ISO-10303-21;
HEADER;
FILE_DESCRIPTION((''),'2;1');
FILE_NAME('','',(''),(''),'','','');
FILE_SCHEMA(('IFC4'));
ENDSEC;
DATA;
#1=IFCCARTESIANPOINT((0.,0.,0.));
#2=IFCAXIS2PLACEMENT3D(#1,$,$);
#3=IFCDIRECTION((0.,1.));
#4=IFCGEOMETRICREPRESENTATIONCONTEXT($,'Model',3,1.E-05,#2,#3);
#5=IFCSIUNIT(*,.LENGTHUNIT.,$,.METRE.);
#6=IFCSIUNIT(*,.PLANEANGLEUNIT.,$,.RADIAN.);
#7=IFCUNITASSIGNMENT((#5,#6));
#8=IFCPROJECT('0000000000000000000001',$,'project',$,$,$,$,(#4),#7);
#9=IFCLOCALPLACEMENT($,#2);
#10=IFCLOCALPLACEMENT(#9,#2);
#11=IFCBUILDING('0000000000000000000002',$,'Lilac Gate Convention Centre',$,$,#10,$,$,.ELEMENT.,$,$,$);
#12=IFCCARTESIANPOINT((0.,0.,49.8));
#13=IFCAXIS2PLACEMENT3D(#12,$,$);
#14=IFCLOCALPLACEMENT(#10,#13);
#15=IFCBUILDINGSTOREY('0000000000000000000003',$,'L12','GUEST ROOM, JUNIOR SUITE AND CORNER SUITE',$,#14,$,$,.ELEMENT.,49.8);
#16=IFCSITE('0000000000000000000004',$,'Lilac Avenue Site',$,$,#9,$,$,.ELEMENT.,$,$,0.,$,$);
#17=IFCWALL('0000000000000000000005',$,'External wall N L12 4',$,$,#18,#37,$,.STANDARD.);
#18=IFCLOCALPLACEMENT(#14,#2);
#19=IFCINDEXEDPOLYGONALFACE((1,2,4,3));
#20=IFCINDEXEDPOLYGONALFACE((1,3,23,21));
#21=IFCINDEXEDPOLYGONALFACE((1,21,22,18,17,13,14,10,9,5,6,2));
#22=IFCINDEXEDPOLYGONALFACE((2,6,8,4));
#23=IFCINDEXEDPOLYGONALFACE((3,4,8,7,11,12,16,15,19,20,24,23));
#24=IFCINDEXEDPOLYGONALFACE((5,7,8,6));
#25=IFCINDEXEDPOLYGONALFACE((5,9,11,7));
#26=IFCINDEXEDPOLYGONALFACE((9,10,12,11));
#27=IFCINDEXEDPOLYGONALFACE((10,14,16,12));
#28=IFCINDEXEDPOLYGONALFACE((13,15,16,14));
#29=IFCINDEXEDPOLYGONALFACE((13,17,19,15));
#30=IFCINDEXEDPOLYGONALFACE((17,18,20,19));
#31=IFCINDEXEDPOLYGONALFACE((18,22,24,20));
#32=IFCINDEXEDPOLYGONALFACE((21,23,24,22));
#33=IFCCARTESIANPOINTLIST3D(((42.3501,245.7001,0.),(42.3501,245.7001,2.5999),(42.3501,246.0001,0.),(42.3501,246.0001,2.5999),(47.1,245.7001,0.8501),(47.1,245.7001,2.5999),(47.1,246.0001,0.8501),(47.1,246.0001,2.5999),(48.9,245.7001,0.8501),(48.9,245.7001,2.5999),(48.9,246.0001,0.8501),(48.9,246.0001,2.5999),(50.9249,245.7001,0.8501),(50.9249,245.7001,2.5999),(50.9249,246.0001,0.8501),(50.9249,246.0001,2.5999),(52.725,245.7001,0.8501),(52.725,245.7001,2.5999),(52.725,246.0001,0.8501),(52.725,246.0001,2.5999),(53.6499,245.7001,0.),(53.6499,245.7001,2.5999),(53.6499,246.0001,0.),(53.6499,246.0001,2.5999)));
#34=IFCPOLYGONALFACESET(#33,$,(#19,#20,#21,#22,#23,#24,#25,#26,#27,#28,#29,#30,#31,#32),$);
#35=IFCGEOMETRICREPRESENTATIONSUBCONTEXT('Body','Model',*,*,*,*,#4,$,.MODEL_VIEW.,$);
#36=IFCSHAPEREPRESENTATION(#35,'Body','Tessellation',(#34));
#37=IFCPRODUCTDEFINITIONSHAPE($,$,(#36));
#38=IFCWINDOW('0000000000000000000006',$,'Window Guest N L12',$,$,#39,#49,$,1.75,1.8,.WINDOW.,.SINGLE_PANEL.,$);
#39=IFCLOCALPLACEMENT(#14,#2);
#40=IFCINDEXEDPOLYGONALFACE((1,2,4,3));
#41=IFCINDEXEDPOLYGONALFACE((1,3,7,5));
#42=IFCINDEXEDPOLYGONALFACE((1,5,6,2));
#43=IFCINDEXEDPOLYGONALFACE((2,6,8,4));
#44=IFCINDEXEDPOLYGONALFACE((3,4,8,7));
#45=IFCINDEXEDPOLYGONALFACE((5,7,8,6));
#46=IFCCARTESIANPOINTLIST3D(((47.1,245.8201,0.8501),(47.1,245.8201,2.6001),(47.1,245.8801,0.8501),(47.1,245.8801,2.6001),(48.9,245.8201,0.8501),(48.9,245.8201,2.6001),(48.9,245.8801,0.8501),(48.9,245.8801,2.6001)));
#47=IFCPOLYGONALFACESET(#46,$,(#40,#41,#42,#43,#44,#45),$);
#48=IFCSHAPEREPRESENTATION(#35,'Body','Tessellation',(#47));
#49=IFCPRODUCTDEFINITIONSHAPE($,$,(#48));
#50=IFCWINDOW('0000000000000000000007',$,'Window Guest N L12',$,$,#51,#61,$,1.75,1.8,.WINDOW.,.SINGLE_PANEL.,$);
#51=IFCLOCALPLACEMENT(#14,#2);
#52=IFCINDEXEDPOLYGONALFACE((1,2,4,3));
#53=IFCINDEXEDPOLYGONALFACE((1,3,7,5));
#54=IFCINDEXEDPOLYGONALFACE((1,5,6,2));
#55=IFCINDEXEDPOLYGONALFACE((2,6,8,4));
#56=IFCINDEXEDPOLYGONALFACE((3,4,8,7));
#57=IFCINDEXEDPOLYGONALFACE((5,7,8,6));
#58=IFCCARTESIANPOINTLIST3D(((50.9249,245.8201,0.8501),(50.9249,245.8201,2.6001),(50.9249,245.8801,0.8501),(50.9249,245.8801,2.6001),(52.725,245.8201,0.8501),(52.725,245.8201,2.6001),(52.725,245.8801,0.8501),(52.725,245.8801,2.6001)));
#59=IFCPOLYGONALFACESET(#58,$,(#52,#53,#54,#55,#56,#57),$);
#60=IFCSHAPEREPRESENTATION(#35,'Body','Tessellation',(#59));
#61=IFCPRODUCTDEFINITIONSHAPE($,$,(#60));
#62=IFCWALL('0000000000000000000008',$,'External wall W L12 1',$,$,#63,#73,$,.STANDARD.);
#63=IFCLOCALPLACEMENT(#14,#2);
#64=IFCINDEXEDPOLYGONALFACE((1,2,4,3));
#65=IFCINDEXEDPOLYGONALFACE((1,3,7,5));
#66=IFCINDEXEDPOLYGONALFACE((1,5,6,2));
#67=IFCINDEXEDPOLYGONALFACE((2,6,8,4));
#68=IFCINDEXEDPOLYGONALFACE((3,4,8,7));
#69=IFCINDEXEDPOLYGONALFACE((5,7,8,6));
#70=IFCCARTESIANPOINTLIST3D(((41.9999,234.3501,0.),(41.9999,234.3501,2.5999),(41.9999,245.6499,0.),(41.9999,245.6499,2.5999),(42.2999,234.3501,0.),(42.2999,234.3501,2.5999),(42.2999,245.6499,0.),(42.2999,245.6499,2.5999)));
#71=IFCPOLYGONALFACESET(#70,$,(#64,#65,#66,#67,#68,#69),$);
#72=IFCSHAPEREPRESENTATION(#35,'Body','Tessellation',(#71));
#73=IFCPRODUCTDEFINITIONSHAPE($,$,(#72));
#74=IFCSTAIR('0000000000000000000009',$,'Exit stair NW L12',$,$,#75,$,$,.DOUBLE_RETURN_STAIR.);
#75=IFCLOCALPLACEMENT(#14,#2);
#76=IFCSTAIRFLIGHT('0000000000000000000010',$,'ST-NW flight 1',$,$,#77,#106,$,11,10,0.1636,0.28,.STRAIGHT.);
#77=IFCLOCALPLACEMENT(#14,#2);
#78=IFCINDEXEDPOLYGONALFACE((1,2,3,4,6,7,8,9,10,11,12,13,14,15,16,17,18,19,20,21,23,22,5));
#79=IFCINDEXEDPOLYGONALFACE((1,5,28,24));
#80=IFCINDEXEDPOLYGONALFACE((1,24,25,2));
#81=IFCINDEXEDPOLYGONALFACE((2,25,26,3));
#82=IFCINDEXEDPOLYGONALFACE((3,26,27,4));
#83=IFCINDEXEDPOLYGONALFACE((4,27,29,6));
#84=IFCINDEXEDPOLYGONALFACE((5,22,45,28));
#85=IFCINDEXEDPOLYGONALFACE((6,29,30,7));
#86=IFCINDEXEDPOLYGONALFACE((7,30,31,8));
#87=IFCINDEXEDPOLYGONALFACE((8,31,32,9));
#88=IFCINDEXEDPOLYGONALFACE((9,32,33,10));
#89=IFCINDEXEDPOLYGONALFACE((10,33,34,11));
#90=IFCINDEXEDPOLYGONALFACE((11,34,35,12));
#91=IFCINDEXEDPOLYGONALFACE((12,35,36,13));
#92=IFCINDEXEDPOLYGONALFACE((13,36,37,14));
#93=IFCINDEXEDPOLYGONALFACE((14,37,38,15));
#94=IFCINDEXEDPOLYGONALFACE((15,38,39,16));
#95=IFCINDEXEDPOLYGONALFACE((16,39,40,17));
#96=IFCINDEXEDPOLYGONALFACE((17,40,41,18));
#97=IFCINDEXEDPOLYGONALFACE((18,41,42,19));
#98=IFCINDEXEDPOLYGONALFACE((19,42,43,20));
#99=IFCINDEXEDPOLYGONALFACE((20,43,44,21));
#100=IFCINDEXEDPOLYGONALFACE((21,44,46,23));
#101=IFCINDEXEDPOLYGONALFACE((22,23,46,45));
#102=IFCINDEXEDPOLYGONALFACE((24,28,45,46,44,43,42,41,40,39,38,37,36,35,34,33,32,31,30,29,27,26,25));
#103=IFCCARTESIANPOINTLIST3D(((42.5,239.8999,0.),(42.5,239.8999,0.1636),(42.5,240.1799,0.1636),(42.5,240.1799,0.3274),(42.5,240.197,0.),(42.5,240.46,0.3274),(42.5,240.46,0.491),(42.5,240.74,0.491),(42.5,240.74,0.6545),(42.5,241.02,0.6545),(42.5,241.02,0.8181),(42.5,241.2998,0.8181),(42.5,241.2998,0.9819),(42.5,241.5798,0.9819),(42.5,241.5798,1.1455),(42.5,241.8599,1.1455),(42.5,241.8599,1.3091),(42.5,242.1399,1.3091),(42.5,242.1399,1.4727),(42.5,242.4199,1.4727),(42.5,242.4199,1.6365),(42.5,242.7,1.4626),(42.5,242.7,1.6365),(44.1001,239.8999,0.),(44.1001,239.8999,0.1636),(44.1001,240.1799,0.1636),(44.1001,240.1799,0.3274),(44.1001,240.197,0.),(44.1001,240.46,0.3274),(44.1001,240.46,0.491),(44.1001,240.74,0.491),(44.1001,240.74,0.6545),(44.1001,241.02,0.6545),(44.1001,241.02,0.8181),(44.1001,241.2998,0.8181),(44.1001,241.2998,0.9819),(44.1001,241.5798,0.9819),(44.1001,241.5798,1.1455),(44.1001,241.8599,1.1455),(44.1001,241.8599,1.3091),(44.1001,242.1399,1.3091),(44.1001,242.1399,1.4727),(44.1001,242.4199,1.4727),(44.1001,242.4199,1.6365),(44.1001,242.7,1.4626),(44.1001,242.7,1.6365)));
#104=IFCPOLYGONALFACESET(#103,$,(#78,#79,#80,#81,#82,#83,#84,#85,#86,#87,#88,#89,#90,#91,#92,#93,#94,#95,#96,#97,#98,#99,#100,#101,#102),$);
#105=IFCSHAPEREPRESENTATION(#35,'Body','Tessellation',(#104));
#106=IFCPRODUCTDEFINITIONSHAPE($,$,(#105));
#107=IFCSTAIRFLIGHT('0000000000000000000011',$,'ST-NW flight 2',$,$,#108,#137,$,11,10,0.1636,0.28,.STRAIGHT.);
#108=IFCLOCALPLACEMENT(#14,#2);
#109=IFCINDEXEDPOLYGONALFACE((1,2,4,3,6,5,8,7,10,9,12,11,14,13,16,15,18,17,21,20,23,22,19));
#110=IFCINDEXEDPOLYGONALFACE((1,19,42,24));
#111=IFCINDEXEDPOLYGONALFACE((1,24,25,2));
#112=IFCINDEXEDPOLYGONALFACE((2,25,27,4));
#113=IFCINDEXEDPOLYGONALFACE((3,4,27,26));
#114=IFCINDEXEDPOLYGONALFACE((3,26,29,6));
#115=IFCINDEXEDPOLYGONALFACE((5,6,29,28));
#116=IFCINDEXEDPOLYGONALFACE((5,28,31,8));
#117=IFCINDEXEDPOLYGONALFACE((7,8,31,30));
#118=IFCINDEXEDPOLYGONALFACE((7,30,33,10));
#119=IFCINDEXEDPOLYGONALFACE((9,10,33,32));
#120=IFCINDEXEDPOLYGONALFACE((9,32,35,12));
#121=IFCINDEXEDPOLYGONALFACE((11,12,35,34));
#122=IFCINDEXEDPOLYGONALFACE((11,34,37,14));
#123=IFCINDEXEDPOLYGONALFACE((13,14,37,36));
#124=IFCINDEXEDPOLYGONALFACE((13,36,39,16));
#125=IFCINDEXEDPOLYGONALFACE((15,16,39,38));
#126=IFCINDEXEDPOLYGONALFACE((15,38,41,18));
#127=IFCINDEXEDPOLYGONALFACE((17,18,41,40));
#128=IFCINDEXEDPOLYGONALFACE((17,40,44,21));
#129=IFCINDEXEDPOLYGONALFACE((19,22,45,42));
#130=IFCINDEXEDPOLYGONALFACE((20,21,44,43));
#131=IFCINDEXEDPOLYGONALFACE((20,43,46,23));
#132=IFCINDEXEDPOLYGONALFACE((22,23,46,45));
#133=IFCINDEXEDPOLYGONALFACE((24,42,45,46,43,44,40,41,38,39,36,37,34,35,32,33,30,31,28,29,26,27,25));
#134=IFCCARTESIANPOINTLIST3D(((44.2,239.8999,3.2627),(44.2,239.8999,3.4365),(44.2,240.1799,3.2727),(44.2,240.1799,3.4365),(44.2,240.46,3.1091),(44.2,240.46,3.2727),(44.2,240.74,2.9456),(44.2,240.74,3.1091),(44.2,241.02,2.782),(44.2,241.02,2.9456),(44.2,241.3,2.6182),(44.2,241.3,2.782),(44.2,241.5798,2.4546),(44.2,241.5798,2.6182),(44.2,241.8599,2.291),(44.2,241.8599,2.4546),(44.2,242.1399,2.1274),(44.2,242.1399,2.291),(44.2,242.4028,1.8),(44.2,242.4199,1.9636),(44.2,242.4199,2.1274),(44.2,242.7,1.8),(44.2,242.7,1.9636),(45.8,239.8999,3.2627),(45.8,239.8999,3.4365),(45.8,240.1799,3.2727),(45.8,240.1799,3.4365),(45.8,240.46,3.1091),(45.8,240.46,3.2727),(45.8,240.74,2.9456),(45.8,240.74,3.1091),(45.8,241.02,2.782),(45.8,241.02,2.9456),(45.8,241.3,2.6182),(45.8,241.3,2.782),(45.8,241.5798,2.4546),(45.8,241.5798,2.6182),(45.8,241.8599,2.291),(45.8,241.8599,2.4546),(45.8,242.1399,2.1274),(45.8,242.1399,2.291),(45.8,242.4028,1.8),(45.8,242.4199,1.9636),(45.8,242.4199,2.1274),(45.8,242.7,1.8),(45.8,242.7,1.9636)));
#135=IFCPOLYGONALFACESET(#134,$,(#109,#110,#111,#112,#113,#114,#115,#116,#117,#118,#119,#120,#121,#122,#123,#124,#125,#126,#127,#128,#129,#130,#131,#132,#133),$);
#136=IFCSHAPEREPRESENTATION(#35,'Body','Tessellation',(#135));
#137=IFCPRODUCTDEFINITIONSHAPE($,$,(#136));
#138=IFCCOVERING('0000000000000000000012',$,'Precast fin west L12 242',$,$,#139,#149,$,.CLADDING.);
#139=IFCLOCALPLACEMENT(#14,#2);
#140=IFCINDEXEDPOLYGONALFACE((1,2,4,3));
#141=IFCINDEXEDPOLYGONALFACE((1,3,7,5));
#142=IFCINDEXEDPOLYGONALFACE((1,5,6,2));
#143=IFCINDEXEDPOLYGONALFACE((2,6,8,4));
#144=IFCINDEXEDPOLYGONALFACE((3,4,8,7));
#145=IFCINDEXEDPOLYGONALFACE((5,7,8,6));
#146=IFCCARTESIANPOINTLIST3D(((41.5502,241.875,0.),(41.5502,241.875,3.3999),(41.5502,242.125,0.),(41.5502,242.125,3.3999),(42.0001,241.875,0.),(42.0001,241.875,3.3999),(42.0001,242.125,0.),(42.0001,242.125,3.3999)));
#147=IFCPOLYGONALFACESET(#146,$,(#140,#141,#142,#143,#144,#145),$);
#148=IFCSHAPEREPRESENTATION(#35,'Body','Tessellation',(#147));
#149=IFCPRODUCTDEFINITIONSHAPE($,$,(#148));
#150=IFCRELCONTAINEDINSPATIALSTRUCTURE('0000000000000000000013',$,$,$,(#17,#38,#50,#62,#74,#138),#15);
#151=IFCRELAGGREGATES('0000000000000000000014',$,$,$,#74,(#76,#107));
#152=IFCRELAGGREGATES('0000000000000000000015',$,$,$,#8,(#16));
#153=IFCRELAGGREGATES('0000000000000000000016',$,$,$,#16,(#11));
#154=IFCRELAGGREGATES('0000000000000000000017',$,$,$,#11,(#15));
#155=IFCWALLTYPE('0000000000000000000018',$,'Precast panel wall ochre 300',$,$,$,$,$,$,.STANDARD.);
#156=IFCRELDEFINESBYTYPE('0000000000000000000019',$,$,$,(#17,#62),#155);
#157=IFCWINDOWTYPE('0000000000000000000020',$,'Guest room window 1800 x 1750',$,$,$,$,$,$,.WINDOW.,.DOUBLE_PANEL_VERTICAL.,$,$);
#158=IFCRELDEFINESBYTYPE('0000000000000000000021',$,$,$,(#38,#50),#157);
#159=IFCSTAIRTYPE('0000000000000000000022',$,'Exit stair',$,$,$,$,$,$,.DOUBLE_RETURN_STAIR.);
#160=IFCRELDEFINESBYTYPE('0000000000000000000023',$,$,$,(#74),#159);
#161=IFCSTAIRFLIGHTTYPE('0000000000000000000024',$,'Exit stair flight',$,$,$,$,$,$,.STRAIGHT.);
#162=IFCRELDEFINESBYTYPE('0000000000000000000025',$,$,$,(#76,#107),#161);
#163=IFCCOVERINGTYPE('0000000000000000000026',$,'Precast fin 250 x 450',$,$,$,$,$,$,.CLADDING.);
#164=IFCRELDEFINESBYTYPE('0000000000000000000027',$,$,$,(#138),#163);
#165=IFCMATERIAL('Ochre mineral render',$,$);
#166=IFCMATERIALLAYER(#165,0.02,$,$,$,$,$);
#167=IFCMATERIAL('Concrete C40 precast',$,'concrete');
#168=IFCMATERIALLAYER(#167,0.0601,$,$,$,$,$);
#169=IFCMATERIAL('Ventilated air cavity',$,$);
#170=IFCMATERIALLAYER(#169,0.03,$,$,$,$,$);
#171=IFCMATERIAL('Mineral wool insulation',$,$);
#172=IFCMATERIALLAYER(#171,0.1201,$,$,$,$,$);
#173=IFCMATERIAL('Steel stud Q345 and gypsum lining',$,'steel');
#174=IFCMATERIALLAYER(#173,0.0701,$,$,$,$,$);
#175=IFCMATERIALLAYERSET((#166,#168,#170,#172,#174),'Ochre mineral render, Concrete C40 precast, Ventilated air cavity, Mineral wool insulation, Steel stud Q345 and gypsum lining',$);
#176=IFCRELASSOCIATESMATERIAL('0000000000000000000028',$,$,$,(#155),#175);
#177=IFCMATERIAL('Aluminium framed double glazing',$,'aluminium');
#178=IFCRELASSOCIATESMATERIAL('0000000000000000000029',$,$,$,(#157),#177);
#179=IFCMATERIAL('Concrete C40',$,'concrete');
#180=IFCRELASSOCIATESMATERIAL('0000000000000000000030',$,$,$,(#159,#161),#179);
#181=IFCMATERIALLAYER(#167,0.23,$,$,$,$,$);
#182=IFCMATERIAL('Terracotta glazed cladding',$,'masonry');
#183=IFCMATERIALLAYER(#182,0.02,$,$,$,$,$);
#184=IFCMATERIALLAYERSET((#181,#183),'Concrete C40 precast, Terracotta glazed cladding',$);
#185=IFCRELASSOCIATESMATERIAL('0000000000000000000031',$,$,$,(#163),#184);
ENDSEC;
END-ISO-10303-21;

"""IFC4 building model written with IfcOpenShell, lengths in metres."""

from ifc_helpers import new_model, si_unit, direction, frame, frame_2d, origin, place, context, subcontext, project, spatial, polyline, rectangle, outline, extrude, material, layer, layer_set, type_object, element, fill, aggregate, save


model = new_model("IFC4")

# Units and contexts
model_context = context("Model", 3, precision=1e-05, world=origin(), true_north=direction((0.0, 1.0)))
body_context = subcontext(model_context, "Body", "Model", "MODEL_VIEW")
ifc_project = project(units=[si_unit("LENGTHUNIT", "METRE"), si_unit("PLANEANGLEUNIT", "RADIAN")], contexts=[model_context])

# Site, building, storey
site_placement = place(None, origin())
site = spatial("IfcSite", under=ifc_project, at=site_placement, Name="Lilac Avenue Site", CompositionType="ELEMENT", RefElevation=0.0)
building_placement = place(site_placement, origin())
building = spatial("IfcBuilding", under=site, at=building_placement, Name="Lilac Gate Convention Centre", CompositionType="ELEMENT")
storey_placement = place(building_placement, frame((0.0, 0.0, 49.8)))
storey = spatial("IfcBuildingStorey", under=building, at=storey_placement, Name="L12", Description="GUEST ROOM, JUNIOR SUITE AND CORNER SUITE", CompositionType="ELEMENT", Elevation=49.8)

# Shared definitions
ifc_material_1 = material(Name="Concrete C40", Category="concrete")

# Shared definitions
ifc_material_2 = material(Name="Concrete C40 precast", Category="concrete")

# Wall, openings, windows
ifc_material_3 = material(Name="Ochre mineral render")
ifc_layer_1 = layer(ifc_material_3, 0.02)
ifc_layer_2 = layer(ifc_material_2, 0.0601)
ifc_material_4 = material(Name="Ventilated air cavity")
ifc_layer_3 = layer(ifc_material_4, 0.03)
ifc_material_5 = material(Name="Mineral wool insulation")
ifc_layer_4 = layer(ifc_material_5, 0.1201)
ifc_material_6 = material(Name="Steel stud Q345 and gypsum lining", Category="steel")
ifc_layer_5 = layer(ifc_material_6, 0.0701)
ifc_layer_set_1 = layer_set([ifc_layer_1, ifc_layer_2, ifc_layer_3, ifc_layer_4, ifc_layer_5], Name="Ochre mineral render, Concrete C40 precast, Ventilated air cavity, Mineral wool insulation, Steel stud Q345 and gypsum lining")
wall_type_1 = type_object("IfcWallType", Name="Precast panel wall ochre 300", PredefinedType="STANDARD", material=ifc_layer_set_1)
wall_1_placement = place(storey_placement, frame((53.6499, 245.8501, 0.0), z_axis=(0.0, 0.0, 1.0), x_axis=(-1.0, 0.0, 0.0)))
wall_1 = element("IfcWall", 1, at=wall_1_placement, inside=storey, type_object=wall_type_1, Name="External wall N L12 4", PredefinedType="STANDARD", context=body_context, shape_type="SweptSolid", body=[
    extrude(rectangle(XDim=11.2998, YDim=0.3, at=frame_2d((5.6499, 0.0))), origin(), (0.0, 0.0, 1.0), 2.5999),
])
opening_1_placement = place(wall_1_placement, frame((4.75, 0.0, 0.8501)))
opening_1 = element("IfcOpeningElement", 2, at=opening_1_placement, cuts=wall_1, PredefinedType="OPENING", context=body_context, shape_type="SweptSolid", body=[
    extrude(rectangle(XDim=1.8, YDim=1.75, at=frame_2d((0.8999, 0.875))), frame((0.0, 0.1599, 0.0), z_axis=(0.0, -1.0, 0.0), x_axis=(1.0, 0.0, 0.0)), (0.0, 0.0, 1.0), 0.3201),
])
opening_2_placement = place(wall_1_placement, frame((0.925, 0.0, 0.8501)))
opening_2 = element("IfcOpeningElement", 3, at=opening_2_placement, cuts=wall_1, PredefinedType="OPENING", context=body_context, shape_type="SweptSolid", body=[
    extrude(rectangle(XDim=1.8, YDim=1.75, at=frame_2d((0.8999, 0.875))), frame((0.0, 0.1599, 0.0), z_axis=(0.0, -1.0, 0.0), x_axis=(1.0, 0.0, 0.0)), (0.0, 0.0, 1.0), 0.3201),
])
ifc_material_7 = material(Name="Aluminium framed double glazing", Category="aluminium")
window_type = type_object("IfcWindowType", Name="Guest room window 1800 x 1750", PartitioningType="DOUBLE_PANEL_VERTICAL", PredefinedType="WINDOW", material=ifc_material_7)
window_1_placement = place(opening_1_placement, origin())
window_1 = element("IfcWindow", 4, at=window_1_placement, inside=storey, type_object=window_type, Name="Window Guest N L12", OverallHeight=1.75, OverallWidth=1.8, PartitioningType="SINGLE_PANEL", PredefinedType="WINDOW", context=body_context, shape_type="SweptSolid", body=[
    extrude(rectangle(XDim=1.8, YDim=1.75, at=frame_2d((0.8999, 0.875))), frame((0.0, 0.03, 0.0), z_axis=(0.0, -1.0, 0.0), x_axis=(1.0, 0.0, 0.0)), (0.0, 0.0, 1.0), 0.0601),
])
fill(opening_1, window_1)
window_2_placement = place(opening_2_placement, origin())
window_2 = element("IfcWindow", 5, at=window_2_placement, inside=storey, type_object=window_type, Name="Window Guest N L12", OverallHeight=1.75, OverallWidth=1.8, PartitioningType="SINGLE_PANEL", PredefinedType="WINDOW", context=body_context, shape_type="SweptSolid", body=[
    extrude(rectangle(XDim=1.8, YDim=1.75, at=frame_2d((0.8999, 0.875))), frame((0.0, 0.03, 0.0), z_axis=(0.0, -1.0, 0.0), x_axis=(1.0, 0.0, 0.0)), (0.0, 0.0, 1.0), 0.0601),
])
fill(opening_2, window_2)

# Wall
wall_2_placement = place(storey_placement, frame((42.1499, 245.6499, 0.0), z_axis=(0.0, 0.0, 1.0), x_axis=(0.0, -1.0, 0.0)))
element("IfcWall", 6, at=wall_2_placement, inside=storey, type_object=wall_type_1, Name="External wall W L12 1", PredefinedType="STANDARD", context=body_context, shape_type="SweptSolid", body=[
    extrude(rectangle(XDim=11.2998, YDim=0.3, at=frame_2d((5.6499, 0.0))), origin(), (0.0, 0.0, 1.0), 2.5999),
])

# Stair, stair flights
stair_type = type_object("IfcStairType", Name="Exit stair", PredefinedType="DOUBLE_RETURN_STAIR", material=ifc_material_1)
stair_placement = place(storey_placement, origin())
stair = element("IfcStair", 7, at=stair_placement, inside=storey, type_object=stair_type, Name="Exit stair NW L12", PredefinedType="DOUBLE_RETURN_STAIR")
stair_flight_type = type_object("IfcStairFlightType", Name="Exit stair flight", PredefinedType="STRAIGHT", material=ifc_material_1)
stair_flight_1_placement = place(storey_placement, frame((43.3, 239.8999, 0.0), z_axis=(0.0, 0.0, 1.0), x_axis=(0.0, 1.0, 0.0)))
stair_flight_1 = element("IfcStairFlight", 8, at=stair_flight_1_placement, type_object=stair_flight_type, Name="ST-NW flight 1", NumberOfRisers=11, NumberOfTreads=10, PredefinedType="STRAIGHT", RiserHeight=0.1636, TreadLength=0.28, context=body_context, shape_type="SweptSolid", body=[
    extrude(outline(polyline([(0.0, 0.0), (0.0, 0.1636), (0.28, 0.1636), (0.28, 0.3274), (0.5601, 0.3274), (0.5601, 0.491), (0.8401, 0.491), (0.8401, 0.6545), (1.1201, 0.6545), (1.1201, 0.8181), (1.3999, 0.8181), (1.3999, 0.9819), (1.6799, 0.9819), (1.6799, 1.1455), (1.96, 1.1455), (1.96, 1.3091), (2.24, 1.3091), (2.24, 1.4727), (2.52, 1.4727), (2.52, 1.6365), (2.8, 1.6365), (2.8, 1.8), (2.8, 1.4626), (0.2971, 0.0), (0.0, 0.0)])), frame((0.0, 0.8, 0.0), z_axis=(0.0, -1.0, 0.0), x_axis=(1.0, 0.0, 0.0)), (0.0, 0.0, 1.0), 1.6001),
])
stair_flight_2_placement = place(storey_placement, frame((45.0, 242.7, 1.8), z_axis=(0.0, 0.0, 1.0), x_axis=(0.0, -1.0, 0.0)))
stair_flight_2 = element("IfcStairFlight", 9, at=stair_flight_2_placement, type_object=stair_flight_type, Name="ST-NW flight 2", NumberOfRisers=11, NumberOfTreads=10, PredefinedType="STRAIGHT", RiserHeight=0.1636, TreadLength=0.28, context=body_context, shape_type="SweptSolid", body=[
    extrude(outline(polyline([(0.0, 0.0), (0.0, 0.1636), (0.28, 0.1636), (0.28, 0.3274), (0.5601, 0.3274), (0.5601, 0.491), (0.8401, 0.491), (0.8401, 0.6545), (1.1201, 0.6545), (1.1201, 0.8181), (1.3999, 0.8181), (1.3999, 0.9819), (1.6799, 0.9819), (1.6799, 1.1455), (1.96, 1.1455), (1.96, 1.3091), (2.24, 1.3091), (2.24, 1.4727), (2.52, 1.4727), (2.52, 1.6365), (2.8, 1.6365), (2.8, 1.8), (2.8, 1.4626), (0.2971, 0.0), (0.0, 0.0)])), frame((0.0, 0.8, 0.0), z_axis=(0.0, -1.0, 0.0), x_axis=(1.0, 0.0, 0.0)), (0.0, 0.0, 1.0), 1.6001),
])
aggregate(stair, [stair_flight_1, stair_flight_2])

# Covering
ifc_layer_6 = layer(ifc_material_2, 0.23)
ifc_material_8 = material(Name="Terracotta glazed cladding", Category="masonry")
ifc_layer_7 = layer(ifc_material_8, 0.02)
ifc_layer_set_2 = layer_set([ifc_layer_6, ifc_layer_7], Name="Concrete C40 precast, Terracotta glazed cladding")
covering_type = type_object("IfcCoveringType", Name="Precast fin 250 x 450", PredefinedType="CLADDING", material=ifc_layer_set_2)
covering_placement = place(storey_placement, frame((41.55, 242.0, 0.0), z_axis=(0.0, 0.0, 1.0), x_axis=(1.0, 0.0, 0.0)))
element("IfcCovering", 10, at=covering_placement, inside=storey, type_object=covering_type, Name="Precast fin west L12 242", PredefinedType="CLADDING", context=body_context, shape_type="SweptSolid", body=[
    extrude(rectangle(XDim=0.45, YDim=0.25, at=frame_2d((0.2251, 0.0))), origin(), (0.0, 0.0, 1.0), 3.3999),
])

save(model, "model.ifc")
